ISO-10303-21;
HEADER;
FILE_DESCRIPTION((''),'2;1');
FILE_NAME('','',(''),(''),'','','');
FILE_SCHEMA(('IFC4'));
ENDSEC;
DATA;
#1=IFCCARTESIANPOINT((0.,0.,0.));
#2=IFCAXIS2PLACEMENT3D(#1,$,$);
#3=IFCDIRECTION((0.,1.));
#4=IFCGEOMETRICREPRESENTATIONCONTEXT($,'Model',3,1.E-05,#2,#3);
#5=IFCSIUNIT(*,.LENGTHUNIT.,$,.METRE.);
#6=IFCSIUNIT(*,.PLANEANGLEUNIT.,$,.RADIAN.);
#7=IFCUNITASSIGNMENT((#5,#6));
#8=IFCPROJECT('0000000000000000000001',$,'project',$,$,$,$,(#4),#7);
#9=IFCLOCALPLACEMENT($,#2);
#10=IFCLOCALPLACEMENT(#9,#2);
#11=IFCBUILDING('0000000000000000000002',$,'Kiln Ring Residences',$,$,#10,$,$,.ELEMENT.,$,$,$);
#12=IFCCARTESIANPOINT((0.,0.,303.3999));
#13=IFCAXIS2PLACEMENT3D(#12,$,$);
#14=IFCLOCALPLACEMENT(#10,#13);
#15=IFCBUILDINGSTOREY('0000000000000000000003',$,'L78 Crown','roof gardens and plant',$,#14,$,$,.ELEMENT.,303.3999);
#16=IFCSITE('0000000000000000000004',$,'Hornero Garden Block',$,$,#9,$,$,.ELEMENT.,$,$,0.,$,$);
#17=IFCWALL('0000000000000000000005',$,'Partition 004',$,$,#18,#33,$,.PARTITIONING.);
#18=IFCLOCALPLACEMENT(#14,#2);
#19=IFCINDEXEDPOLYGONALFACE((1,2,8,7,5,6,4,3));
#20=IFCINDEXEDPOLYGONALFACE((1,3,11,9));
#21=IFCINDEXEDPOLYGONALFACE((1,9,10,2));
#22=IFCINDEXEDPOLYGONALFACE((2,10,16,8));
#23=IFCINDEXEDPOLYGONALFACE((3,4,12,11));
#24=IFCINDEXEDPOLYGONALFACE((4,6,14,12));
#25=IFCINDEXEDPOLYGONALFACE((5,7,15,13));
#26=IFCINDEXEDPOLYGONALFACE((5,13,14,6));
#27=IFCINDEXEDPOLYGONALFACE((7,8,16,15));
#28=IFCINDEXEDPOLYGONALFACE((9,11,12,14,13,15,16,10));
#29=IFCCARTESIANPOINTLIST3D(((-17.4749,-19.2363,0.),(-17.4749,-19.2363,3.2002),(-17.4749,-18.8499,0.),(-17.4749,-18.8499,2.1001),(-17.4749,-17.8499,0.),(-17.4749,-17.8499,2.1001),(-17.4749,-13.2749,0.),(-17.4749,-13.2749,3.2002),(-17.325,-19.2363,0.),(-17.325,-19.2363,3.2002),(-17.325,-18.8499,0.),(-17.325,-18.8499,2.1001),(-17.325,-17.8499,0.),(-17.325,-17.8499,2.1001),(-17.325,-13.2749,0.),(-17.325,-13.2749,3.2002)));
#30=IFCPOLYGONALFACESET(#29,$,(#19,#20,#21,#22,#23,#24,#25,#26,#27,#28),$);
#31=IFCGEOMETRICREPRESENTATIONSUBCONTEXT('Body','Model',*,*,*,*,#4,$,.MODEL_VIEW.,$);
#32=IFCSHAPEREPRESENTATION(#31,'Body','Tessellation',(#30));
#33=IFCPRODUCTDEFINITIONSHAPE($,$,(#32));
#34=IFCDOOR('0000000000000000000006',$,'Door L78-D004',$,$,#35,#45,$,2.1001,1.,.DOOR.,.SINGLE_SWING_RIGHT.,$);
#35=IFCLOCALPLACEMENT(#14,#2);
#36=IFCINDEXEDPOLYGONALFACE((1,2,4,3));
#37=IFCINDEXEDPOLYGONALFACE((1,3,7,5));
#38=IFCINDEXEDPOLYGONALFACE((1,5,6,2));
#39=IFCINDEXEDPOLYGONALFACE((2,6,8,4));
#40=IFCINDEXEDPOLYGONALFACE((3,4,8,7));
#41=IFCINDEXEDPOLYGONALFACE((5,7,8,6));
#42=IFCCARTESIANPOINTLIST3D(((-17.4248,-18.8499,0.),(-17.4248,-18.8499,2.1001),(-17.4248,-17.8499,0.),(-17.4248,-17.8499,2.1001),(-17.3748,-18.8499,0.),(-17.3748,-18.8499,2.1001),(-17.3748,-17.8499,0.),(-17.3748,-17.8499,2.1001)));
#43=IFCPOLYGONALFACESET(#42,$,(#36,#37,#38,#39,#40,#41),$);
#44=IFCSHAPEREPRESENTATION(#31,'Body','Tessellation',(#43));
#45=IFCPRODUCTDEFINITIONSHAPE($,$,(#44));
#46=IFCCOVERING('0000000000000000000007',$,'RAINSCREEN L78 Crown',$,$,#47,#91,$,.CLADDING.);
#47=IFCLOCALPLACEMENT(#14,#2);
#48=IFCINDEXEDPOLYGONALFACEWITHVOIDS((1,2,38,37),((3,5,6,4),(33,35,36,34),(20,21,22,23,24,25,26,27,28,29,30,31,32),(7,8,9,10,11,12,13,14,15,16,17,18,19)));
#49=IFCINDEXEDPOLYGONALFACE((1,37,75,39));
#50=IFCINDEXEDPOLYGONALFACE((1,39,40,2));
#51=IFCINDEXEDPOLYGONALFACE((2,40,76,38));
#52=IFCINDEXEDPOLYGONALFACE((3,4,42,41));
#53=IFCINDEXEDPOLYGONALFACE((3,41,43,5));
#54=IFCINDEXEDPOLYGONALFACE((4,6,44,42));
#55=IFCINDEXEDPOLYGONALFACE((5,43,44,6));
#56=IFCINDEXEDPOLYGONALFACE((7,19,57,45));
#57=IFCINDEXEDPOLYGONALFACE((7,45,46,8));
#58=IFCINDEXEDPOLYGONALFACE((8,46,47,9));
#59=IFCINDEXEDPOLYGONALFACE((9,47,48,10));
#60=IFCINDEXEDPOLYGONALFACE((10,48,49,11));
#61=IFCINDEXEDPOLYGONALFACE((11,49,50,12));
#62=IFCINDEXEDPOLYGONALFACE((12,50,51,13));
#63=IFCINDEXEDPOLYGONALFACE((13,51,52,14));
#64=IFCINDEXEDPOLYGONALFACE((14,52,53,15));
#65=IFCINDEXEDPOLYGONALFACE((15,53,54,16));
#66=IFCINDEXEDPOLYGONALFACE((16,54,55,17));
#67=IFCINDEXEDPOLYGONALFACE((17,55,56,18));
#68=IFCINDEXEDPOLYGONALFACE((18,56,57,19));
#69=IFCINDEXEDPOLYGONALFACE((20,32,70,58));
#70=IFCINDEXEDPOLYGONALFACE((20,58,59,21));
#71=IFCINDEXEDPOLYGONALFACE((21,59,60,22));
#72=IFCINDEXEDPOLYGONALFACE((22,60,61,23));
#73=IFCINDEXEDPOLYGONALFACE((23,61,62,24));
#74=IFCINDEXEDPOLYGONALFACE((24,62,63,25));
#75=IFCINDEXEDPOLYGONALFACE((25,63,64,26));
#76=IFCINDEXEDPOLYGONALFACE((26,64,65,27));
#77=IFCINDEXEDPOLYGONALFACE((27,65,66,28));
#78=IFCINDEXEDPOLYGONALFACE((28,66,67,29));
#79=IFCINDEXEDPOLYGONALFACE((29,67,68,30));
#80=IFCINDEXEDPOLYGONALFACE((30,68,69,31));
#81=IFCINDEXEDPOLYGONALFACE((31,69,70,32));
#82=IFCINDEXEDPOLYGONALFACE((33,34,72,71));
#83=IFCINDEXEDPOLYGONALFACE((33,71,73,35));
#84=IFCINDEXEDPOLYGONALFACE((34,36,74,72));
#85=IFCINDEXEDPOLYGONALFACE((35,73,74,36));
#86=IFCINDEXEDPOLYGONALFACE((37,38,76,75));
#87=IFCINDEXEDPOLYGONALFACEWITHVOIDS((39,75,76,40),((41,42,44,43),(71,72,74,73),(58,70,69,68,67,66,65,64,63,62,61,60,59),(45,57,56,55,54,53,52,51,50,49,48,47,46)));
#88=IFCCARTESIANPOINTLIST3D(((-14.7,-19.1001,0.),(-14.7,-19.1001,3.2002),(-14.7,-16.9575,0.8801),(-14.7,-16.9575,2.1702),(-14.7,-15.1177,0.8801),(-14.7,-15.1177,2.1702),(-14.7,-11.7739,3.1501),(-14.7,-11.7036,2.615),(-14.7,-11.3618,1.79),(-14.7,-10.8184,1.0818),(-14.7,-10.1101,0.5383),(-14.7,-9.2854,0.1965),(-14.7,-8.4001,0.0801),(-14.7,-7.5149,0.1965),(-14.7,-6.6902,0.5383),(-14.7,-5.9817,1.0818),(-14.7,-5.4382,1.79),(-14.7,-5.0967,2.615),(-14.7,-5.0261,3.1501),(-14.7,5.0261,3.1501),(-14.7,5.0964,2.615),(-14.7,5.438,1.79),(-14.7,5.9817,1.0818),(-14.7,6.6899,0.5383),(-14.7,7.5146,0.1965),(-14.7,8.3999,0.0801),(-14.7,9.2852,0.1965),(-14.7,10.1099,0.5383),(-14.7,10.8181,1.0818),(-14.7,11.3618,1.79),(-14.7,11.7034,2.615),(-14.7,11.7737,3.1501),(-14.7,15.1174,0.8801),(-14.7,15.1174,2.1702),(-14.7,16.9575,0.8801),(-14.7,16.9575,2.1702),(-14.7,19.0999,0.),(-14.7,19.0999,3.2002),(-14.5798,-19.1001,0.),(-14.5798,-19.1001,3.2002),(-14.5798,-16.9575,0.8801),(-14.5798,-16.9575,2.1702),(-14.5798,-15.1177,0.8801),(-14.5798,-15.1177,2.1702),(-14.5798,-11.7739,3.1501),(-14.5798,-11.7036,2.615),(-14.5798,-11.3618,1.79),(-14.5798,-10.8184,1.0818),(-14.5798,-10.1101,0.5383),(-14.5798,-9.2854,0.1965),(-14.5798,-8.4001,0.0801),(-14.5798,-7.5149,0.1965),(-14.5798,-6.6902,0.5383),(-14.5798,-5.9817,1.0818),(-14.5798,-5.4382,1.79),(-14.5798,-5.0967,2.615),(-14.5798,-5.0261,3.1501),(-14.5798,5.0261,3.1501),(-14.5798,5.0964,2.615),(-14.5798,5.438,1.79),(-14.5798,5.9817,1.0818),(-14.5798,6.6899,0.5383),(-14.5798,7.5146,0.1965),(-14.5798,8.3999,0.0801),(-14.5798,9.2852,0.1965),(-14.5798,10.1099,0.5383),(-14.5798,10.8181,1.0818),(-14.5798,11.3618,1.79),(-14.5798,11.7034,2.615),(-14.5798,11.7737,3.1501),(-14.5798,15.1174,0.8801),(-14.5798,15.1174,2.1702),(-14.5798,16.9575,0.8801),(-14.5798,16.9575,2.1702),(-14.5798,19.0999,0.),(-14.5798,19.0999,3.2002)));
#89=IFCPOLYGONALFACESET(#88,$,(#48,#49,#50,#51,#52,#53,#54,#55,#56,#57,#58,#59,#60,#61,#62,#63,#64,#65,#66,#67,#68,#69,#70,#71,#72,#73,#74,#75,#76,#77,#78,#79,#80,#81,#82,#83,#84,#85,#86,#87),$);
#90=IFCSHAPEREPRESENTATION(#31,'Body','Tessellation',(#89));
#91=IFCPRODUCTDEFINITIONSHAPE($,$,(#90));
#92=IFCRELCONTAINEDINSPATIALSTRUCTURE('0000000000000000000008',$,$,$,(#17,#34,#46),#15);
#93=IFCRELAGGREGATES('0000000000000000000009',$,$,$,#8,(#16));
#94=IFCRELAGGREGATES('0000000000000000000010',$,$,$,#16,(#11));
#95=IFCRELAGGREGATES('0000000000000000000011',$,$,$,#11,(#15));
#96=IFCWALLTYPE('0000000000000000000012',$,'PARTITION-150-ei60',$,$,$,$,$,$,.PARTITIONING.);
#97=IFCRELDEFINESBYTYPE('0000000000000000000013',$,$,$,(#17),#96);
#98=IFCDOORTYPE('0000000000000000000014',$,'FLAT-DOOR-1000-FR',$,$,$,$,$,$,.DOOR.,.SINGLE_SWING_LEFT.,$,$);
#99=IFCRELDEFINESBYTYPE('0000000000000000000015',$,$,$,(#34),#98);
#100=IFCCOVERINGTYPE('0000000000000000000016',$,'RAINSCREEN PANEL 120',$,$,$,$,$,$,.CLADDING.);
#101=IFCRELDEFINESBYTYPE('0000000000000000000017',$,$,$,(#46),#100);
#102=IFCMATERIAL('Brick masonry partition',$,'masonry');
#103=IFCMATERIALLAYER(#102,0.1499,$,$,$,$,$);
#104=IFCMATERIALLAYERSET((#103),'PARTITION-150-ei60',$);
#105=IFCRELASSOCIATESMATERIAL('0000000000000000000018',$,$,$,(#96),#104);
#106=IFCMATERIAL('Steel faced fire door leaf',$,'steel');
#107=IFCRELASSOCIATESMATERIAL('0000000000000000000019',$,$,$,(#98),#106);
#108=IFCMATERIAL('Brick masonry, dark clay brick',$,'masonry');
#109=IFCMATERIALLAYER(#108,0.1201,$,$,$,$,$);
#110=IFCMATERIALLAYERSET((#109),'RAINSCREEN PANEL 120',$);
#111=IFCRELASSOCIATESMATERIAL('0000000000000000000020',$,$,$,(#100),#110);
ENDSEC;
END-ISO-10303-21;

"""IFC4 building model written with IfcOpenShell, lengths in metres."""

from ifc_helpers import new_model, si_unit, direction, frame, frame_2d, origin, place, context, subcontext, project, spatial, polyline, rectangle, outline, extrude, material, layer, layer_set, type_object, element, fill, save


model = new_model("IFC4")

# Units and contexts
model_context = context("Model", 3, precision=1e-05, world=origin(), true_north=direction((0.0, 1.0)))
body_context = subcontext(model_context, "Body", "Model", "MODEL_VIEW")
ifc_project = project(units=[si_unit("LENGTHUNIT", "METRE"), si_unit("PLANEANGLEUNIT", "RADIAN")], contexts=[model_context])

# Site, building, storey
site_placement = place(None, origin())
site = spatial("IfcSite", under=ifc_project, at=site_placement, Name="Hornero Garden Block", CompositionType="ELEMENT", RefElevation=0.0)
building_placement = place(site_placement, origin())
building = spatial("IfcBuilding", under=site, at=building_placement, Name="Kiln Ring Residences", CompositionType="ELEMENT")
storey_placement = place(building_placement, frame((0.0, 0.0, 303.3999)))
storey = spatial("IfcBuildingStorey", under=building, at=storey_placement, Name="L78 Crown", Description="roof gardens and plant", CompositionType="ELEMENT", Elevation=303.3999)

# Wall, opening, door
ifc_material_1 = material(Name="Brick masonry partition", Category="masonry")
ifc_layer_1 = layer(ifc_material_1, 0.1499)
ifc_layer_set_1 = layer_set([ifc_layer_1], Name="PARTITION-150-ei60")
wall_type_1 = type_object("IfcWallType", Name="PARTITION-150-ei60", PredefinedType="PARTITIONING", material=ifc_layer_set_1)
ifc_material_2 = material(Name="Steel faced fire door leaf", Category="steel")
door_type_1 = type_object("IfcDoorType", Name="FLAT-DOOR-1000-FR", OperationType="SINGLE_SWING_LEFT", PredefinedType="DOOR", material=ifc_material_2)
wall_1_placement = place(storey_placement, frame((-17.3999, -19.2363, 0.0), z_axis=(0.0, 0.0, 1.0), x_axis=(0.0, 1.0, 0.0)))
wall_1 = element("IfcWall", 1, at=wall_1_placement, inside=storey, type_object=wall_type_1, Name="Partition 004", PredefinedType="PARTITIONING", context=body_context, shape_type="SweptSolid", body=[
    extrude(rectangle(XDim=5.9614, YDim=0.1499, at=frame_2d((2.9807, 0.0))), origin(), (0.0, 0.0, 1.0), 3.2002),
])
opening_1_placement = place(wall_1_placement, frame((0.3865, 0.0, 0.0)))
opening_1 = element("IfcOpeningElement", 2, at=opening_1_placement, cuts=wall_1, PredefinedType="OPENING", context=body_context, shape_type="SweptSolid", body=[
    extrude(rectangle(XDim=1.0, YDim=2.1001, at=frame_2d((0.5, 1.05))), frame((0.0, 0.085, 0.0), z_axis=(0.0, -1.0, 0.0), x_axis=(1.0, 0.0, 0.0)), (0.0, 0.0, 1.0), 0.1699),
])
door_1_placement = place(opening_1_placement, origin())
door_1 = element("IfcDoor", 3, at=door_1_placement, inside=storey, type_object=door_type_1, Name="Door L78-D004", OperationType="SINGLE_SWING_RIGHT", OverallHeight=2.1001, OverallWidth=1.0, PredefinedType="DOOR", context=body_context, shape_type="SweptSolid", body=[
    extrude(rectangle(XDim=1.0, YDim=2.1001, at=frame_2d((0.5, 1.05))), frame((0.0, 0.0249, 0.0), z_axis=(0.0, -1.0, 0.0), x_axis=(1.0, 0.0, 0.0)), (0.0, 0.0, 1.0), 0.05),
])
fill(opening_1, door_1)

# Covering
ifc_material_3 = material(Name="Brick masonry, dark clay brick", Category="masonry")
ifc_layer_2 = layer(ifc_material_3, 0.1201)
ifc_layer_set_2 = layer_set([ifc_layer_2], Name="RAINSCREEN PANEL 120")
covering_type = type_object("IfcCoveringType", Name="RAINSCREEN PANEL 120", PredefinedType="CLADDING", material=ifc_layer_set_2)
covering_placement = place(storey_placement, frame((-14.6399, -19.1001, 0.0), z_axis=(0.0, 0.0, 1.0), x_axis=(0.0, 1.0, 0.0)))
element("IfcCovering", 4, at=covering_placement, inside=storey, type_object=covering_type, Name="RAINSCREEN L78 Crown", PredefinedType="CLADDING", context=body_context, shape_type="SweptSolid", body=[
    extrude(outline(polyline([(0.0, 0.0), (38.2, 0.0), (38.2, 3.2002), (0.0, 3.2002), (0.0, 0.0)]), holes=[polyline([(2.1426, 0.8801), (3.9824, 0.8801), (3.9824, 2.1702), (2.1426, 2.1702), (2.1426, 0.8801)]), polyline([(36.0576, 0.8801), (36.0576, 2.1702), (34.2175, 2.1702), (34.2175, 0.8801), (36.0576, 0.8801)]), polyline([(12.4099, 0.5383), (13.1184, 1.0818), (13.6619, 1.79), (14.0034, 2.615), (14.074, 3.1501), (7.3262, 3.1501), (7.3965, 2.615), (7.7383, 1.79), (8.2817, 1.0818), (8.99, 0.5383), (9.8147, 0.1965), (10.7, 0.0801), (11.5852, 0.1965), (12.4099, 0.5383)]), polyline([(29.21, 0.5383), (29.9182, 1.0818), (30.4619, 1.79), (30.8035, 2.615), (30.8738, 3.1501), (24.1262, 3.1501), (24.1965, 2.615), (24.5381, 1.79), (25.0818, 1.0818), (25.79, 0.5383), (26.6147, 0.1965), (27.5, 0.0801), (28.3853, 0.1965), (29.21, 0.5383)])]), frame((0.0, 0.0601, 0.0), z_axis=(0.0, -1.0, 0.0), x_axis=(1.0, 0.0, 0.0)), (0.0, 0.0, 1.0), 0.1201),
])

save(model, "model.ifc")
